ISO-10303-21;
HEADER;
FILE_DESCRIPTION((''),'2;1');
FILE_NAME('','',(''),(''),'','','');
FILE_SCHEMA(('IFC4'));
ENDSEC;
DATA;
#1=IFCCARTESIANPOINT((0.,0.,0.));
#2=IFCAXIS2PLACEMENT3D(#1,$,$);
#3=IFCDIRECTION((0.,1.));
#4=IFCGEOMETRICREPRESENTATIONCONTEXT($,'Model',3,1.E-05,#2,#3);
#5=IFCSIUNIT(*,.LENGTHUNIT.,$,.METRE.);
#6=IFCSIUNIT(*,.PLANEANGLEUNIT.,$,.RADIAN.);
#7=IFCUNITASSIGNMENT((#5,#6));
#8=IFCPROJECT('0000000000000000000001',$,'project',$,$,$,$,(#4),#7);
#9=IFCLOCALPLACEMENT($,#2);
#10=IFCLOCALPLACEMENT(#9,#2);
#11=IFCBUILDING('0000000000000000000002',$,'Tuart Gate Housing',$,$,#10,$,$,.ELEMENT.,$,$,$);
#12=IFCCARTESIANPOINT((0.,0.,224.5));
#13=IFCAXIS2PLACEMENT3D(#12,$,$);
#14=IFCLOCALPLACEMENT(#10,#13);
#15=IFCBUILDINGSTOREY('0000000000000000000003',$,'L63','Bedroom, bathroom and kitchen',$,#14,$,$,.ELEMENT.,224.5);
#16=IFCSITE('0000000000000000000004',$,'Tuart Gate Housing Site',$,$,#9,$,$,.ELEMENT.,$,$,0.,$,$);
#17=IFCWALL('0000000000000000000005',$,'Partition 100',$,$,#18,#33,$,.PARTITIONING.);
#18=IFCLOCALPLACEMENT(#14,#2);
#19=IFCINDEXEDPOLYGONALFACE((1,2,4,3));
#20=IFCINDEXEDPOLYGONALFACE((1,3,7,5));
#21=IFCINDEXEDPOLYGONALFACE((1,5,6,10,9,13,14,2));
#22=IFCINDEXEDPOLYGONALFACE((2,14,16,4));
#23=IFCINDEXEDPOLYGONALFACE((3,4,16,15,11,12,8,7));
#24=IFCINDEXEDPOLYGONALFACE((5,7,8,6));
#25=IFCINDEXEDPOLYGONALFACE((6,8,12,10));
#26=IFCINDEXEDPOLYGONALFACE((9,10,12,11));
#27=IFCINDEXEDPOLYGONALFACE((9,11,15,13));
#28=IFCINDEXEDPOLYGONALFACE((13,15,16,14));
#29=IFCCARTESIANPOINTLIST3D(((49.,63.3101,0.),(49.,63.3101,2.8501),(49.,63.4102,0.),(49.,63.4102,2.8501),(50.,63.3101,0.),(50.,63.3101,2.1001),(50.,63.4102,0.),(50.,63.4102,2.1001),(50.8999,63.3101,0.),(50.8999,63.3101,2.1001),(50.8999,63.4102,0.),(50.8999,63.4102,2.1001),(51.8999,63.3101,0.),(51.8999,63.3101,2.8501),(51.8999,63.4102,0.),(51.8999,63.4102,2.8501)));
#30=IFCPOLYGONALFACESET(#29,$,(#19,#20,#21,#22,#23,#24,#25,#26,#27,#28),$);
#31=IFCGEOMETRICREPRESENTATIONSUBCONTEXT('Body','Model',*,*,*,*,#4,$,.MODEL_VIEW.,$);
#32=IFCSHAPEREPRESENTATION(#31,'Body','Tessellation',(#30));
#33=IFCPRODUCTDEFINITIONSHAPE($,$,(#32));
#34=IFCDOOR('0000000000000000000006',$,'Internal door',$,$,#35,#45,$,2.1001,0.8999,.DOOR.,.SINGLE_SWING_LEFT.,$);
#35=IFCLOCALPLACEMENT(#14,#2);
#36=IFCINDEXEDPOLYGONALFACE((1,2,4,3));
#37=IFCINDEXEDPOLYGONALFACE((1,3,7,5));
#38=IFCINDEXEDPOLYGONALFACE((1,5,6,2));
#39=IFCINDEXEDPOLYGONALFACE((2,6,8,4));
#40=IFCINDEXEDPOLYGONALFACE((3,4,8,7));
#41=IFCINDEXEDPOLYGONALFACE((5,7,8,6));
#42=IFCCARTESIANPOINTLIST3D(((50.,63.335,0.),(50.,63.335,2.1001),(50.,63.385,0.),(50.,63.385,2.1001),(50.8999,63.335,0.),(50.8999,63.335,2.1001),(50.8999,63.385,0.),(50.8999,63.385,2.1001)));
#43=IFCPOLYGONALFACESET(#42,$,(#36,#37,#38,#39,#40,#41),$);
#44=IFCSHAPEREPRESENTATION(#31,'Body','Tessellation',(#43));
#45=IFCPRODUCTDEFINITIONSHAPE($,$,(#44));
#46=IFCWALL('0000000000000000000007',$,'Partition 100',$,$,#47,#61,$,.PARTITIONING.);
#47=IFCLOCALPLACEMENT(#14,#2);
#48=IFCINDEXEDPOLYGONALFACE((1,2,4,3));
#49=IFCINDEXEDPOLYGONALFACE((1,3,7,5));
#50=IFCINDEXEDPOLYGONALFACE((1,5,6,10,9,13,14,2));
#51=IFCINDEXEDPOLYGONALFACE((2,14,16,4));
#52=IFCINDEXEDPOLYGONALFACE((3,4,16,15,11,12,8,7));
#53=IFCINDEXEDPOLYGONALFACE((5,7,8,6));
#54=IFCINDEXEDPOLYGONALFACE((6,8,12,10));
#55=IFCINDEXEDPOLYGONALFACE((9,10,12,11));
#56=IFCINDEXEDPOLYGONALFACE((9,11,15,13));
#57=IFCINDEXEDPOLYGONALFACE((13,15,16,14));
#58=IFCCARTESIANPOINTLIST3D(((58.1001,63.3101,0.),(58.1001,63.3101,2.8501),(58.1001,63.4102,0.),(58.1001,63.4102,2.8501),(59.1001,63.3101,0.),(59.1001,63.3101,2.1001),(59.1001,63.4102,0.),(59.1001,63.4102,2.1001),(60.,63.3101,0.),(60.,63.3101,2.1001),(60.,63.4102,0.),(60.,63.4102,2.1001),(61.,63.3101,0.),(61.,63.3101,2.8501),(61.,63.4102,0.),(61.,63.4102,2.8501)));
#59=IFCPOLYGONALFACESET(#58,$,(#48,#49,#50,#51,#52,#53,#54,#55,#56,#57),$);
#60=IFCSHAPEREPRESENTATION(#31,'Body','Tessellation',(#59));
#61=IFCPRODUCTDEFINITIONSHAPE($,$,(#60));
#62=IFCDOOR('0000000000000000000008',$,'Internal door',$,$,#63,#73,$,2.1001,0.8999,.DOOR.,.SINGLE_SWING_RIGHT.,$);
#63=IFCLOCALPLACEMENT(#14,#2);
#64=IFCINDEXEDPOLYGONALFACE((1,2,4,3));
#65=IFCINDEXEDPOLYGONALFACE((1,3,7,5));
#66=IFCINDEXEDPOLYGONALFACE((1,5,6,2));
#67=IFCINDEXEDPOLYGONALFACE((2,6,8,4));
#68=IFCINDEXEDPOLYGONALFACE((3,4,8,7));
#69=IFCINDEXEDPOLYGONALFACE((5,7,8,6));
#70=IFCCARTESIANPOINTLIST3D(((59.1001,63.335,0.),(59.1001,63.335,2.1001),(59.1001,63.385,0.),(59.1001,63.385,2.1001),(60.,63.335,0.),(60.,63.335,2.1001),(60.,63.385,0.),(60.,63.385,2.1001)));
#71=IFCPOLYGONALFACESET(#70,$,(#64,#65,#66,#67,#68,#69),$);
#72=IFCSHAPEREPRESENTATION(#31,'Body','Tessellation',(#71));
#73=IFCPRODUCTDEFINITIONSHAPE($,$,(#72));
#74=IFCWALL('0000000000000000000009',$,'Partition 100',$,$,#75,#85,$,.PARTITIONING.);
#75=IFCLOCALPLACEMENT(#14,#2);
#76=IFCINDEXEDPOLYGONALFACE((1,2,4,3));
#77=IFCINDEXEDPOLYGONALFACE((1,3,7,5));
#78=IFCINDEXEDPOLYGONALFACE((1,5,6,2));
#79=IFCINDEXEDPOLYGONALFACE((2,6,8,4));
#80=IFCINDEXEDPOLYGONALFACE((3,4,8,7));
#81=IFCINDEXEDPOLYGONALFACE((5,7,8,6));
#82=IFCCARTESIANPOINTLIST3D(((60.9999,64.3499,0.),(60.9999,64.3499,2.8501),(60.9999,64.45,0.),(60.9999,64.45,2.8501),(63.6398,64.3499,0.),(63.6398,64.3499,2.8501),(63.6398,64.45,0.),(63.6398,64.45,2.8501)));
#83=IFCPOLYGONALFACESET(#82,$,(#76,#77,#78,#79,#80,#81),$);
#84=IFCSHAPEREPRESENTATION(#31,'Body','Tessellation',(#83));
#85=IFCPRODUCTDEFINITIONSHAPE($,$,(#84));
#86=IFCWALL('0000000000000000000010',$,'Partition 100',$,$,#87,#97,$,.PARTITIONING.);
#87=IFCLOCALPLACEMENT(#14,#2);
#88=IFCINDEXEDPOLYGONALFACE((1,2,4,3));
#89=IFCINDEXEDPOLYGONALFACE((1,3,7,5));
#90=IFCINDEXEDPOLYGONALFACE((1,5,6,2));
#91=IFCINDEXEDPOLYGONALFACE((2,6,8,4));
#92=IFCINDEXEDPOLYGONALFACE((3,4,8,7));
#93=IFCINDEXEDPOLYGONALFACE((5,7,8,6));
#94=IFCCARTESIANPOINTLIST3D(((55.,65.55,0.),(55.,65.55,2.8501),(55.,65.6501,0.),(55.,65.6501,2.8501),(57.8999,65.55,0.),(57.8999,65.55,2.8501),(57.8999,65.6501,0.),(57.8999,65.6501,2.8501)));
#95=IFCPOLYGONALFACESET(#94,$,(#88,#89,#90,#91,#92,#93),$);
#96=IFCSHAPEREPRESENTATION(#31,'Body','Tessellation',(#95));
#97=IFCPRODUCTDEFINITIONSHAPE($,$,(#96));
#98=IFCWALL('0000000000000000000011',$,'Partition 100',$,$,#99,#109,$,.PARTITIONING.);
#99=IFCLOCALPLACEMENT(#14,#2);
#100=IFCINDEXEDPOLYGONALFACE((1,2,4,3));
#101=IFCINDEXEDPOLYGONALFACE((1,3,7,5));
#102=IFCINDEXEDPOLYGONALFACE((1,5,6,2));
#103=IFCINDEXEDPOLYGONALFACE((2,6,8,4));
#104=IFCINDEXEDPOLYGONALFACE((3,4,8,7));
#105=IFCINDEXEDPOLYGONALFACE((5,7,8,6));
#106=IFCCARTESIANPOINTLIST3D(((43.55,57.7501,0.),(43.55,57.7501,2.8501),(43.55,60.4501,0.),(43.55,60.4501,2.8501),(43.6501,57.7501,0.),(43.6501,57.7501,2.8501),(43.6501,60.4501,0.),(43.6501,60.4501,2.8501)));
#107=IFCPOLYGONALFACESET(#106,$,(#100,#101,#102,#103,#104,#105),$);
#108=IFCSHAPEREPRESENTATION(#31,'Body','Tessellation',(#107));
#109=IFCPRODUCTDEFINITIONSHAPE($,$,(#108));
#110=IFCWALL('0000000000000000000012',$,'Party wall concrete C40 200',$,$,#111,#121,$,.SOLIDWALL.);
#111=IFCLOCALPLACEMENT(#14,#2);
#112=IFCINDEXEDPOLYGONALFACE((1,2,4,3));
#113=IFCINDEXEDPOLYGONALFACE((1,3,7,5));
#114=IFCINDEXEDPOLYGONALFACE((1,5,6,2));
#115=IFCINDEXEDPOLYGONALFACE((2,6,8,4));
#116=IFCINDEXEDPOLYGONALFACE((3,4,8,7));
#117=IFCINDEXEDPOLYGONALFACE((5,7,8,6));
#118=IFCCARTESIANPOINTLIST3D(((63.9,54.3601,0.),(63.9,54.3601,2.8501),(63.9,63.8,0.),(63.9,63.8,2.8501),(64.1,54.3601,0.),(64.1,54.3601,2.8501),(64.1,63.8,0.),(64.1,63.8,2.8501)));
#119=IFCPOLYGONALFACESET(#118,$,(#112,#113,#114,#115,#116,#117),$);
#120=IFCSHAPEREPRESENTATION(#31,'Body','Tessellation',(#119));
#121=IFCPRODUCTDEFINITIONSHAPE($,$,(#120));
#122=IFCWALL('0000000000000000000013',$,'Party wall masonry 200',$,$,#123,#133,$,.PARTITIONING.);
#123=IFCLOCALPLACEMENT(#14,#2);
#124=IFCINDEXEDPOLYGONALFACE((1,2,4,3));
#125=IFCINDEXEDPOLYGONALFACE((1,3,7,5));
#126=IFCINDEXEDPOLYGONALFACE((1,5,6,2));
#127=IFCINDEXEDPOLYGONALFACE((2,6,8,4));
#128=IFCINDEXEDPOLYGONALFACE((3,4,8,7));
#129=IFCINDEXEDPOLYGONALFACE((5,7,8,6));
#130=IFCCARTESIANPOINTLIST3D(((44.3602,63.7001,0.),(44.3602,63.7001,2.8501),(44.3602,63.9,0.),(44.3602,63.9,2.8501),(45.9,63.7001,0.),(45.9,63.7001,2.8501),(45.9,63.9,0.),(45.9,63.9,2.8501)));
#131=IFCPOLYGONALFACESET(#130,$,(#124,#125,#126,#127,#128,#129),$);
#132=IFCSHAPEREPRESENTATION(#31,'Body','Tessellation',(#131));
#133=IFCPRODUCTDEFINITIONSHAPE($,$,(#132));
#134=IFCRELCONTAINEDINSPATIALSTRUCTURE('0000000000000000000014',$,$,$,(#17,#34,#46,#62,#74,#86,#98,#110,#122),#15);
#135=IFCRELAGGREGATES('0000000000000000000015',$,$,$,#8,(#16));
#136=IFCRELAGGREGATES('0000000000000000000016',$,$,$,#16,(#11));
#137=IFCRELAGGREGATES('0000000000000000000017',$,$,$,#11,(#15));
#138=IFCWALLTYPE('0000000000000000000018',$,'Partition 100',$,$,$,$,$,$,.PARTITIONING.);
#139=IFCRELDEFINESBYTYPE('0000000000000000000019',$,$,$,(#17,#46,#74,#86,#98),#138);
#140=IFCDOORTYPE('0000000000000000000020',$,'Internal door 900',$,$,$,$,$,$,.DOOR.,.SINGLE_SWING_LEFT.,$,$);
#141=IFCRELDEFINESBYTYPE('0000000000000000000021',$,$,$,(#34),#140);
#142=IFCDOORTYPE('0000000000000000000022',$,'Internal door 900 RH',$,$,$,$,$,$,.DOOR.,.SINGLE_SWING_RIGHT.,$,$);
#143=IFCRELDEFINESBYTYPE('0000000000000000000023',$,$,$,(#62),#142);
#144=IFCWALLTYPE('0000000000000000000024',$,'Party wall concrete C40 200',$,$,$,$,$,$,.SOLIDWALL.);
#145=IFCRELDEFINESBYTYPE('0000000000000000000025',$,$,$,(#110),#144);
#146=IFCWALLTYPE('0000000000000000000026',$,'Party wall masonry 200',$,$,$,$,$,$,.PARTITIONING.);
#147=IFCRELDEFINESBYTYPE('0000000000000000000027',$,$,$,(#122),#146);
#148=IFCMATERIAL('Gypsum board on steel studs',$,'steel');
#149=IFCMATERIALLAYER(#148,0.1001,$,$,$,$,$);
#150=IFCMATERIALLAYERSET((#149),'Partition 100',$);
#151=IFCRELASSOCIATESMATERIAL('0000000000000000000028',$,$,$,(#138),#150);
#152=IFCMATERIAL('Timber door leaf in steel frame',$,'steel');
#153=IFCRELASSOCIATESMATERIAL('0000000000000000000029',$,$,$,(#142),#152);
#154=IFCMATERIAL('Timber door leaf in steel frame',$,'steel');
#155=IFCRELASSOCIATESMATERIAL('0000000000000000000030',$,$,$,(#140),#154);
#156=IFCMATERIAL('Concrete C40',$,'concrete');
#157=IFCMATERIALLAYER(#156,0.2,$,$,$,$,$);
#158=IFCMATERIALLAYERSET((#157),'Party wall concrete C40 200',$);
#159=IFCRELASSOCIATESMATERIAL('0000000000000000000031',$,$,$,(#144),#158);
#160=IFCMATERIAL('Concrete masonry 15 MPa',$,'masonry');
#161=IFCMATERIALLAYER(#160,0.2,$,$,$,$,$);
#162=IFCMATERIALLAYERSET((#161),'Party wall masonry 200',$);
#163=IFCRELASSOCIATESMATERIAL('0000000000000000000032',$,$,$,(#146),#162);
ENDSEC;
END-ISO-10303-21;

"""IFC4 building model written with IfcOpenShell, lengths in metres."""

from ifc_helpers import new_model, si_unit, direction, frame, frame_2d, origin, place, context, subcontext, project, spatial, rectangle, extrude, material, layer, layer_set, type_object, element, fill, save


model = new_model("IFC4")

# Units and contexts
model_context = context("Model", 3, precision=1e-05, world=origin(), true_north=direction((0.0, 1.0)))
body_context = subcontext(model_context, "Body", "Model", "MODEL_VIEW")
ifc_project = project(units=[si_unit("LENGTHUNIT", "METRE"), si_unit("PLANEANGLEUNIT", "RADIAN")], contexts=[model_context])

# Site, building, storey
site_placement = place(None, origin())
site = spatial("IfcSite", under=ifc_project, at=site_placement, Name="Tuart Gate Housing Site", CompositionType="ELEMENT", RefElevation=0.0)
building_placement = place(site_placement, origin())
building = spatial("IfcBuilding", under=site, at=building_placement, Name="Tuart Gate Housing", CompositionType="ELEMENT")
storey_placement = place(building_placement, frame((0.0, 0.0, 224.5)))
storey = spatial("IfcBuildingStorey", under=building, at=storey_placement, Name="L63", Description="Bedroom, bathroom and kitchen", CompositionType="ELEMENT", Elevation=224.5)

# Shared definitions
ifc_material_1 = material(Name="Gypsum board on steel studs", Category="steel")
ifc_layer_1 = layer(ifc_material_1, 0.1001)
ifc_layer_set_1 = layer_set([ifc_layer_1], Name="Partition 100")
wall_type_1 = type_object("IfcWallType", Name="Partition 100", PredefinedType="PARTITIONING", material=ifc_layer_set_1)

# Shared definitions
ifc_material_2 = material(Name="Timber door leaf in steel frame", Category="steel")
door_type_1 = type_object("IfcDoorType", Name="Internal door 900 RH", OperationType="SINGLE_SWING_RIGHT", PredefinedType="DOOR", material=ifc_material_2)

# Shared definitions
ifc_material_3 = material(Name="Timber door leaf in steel frame", Category="steel")
door_type_2 = type_object("IfcDoorType", Name="Internal door 900", OperationType="SINGLE_SWING_LEFT", PredefinedType="DOOR", material=ifc_material_3)

# Walls, openings, doors
wall_1_placement = place(storey_placement, frame((49.0, 63.3601, 0.0), z_axis=(0.0, 0.0, 1.0), x_axis=(1.0, 0.0, 0.0)))
wall_1 = element("IfcWall", 1, at=wall_1_placement, inside=storey, type_object=wall_type_1, Name="Partition 100", PredefinedType="PARTITIONING", context=body_context, shape_type="SweptSolid", body=[
    extrude(rectangle(XDim=2.8999, YDim=0.1001, at=frame_2d((1.45, 0.0))), origin(), (0.0, 0.0, 1.0), 2.8501),
])
opening_1_placement = place(wall_1_placement, frame((1.0, 0.0, 0.0)))
opening_1 = element("IfcOpeningElement", 2, at=opening_1_placement, cuts=wall_1, PredefinedType="OPENING", context=body_context, shape_type="SweptSolid", body=[
    extrude(rectangle(XDim=0.8999, YDim=2.1001, at=frame_2d((0.45, 1.05))), frame((0.0, 0.0601, 0.0), z_axis=(0.0, -1.0, 0.0), x_axis=(1.0, 0.0, 0.0)), (0.0, 0.0, 1.0), 0.1201),
])
door_1_placement = place(opening_1_placement, origin())
door_1 = element("IfcDoor", 3, at=door_1_placement, inside=storey, type_object=door_type_2, Name="Internal door", OperationType="SINGLE_SWING_LEFT", OverallHeight=2.1001, OverallWidth=0.8999, PredefinedType="DOOR", context=body_context, shape_type="SweptSolid", body=[
    extrude(rectangle(XDim=0.8999, YDim=2.1001, at=frame_2d((0.45, 1.05))), frame((0.0, 0.0249, 0.0), z_axis=(0.0, -1.0, 0.0), x_axis=(1.0, 0.0, 0.0)), (0.0, 0.0, 1.0), 0.05),
])
fill(opening_1, door_1)
wall_2_placement = place(storey_placement, frame((58.1001, 63.3601, 0.0), z_axis=(0.0, 0.0, 1.0), x_axis=(1.0, 0.0, 0.0)))
wall_2 = element("IfcWall", 4, at=wall_2_placement, inside=storey, type_object=wall_type_1, Name="Partition 100", PredefinedType="PARTITIONING", context=body_context, shape_type="SweptSolid", body=[
    extrude(rectangle(XDim=2.8999, YDim=0.1001, at=frame_2d((1.45, 0.0))), origin(), (0.0, 0.0, 1.0), 2.8501),
])
opening_2_placement = place(wall_2_placement, frame((1.0, 0.0, 0.0)))
opening_2 = element("IfcOpeningElement", 5, at=opening_2_placement, cuts=wall_2, PredefinedType="OPENING", context=body_context, shape_type="SweptSolid", body=[
    extrude(rectangle(XDim=0.8999, YDim=2.1001, at=frame_2d((0.45, 1.05))), frame((0.0, 0.0601, 0.0), z_axis=(0.0, -1.0, 0.0), x_axis=(1.0, 0.0, 0.0)), (0.0, 0.0, 1.0), 0.1201),
])
door_2_placement = place(opening_2_placement, origin())
door_2 = element("IfcDoor", 6, at=door_2_placement, inside=storey, type_object=door_type_1, Name="Internal door", OperationType="SINGLE_SWING_RIGHT", OverallHeight=2.1001, OverallWidth=0.8999, PredefinedType="DOOR", context=body_context, shape_type="SweptSolid", body=[
    extrude(rectangle(XDim=0.8999, YDim=2.1001, at=frame_2d((0.45, 1.05))), frame((0.0, 0.0249, 0.0), z_axis=(0.0, -1.0, 0.0), x_axis=(1.0, 0.0, 0.0)), (0.0, 0.0, 1.0), 0.05),
])
fill(opening_2, door_2)

# Walls
wall_3_placement = place(storey_placement, frame((61.0, 64.3999, 0.0), z_axis=(0.0, 0.0, 1.0), x_axis=(1.0, 0.0, 0.0)))
element("IfcWall", 7, at=wall_3_placement, inside=storey, type_object=wall_type_1, Name="Partition 100", PredefinedType="PARTITIONING", context=body_context, shape_type="SweptSolid", body=[
    extrude(rectangle(XDim=2.6399, YDim=0.1001, at=frame_2d((1.3198, 0.0))), origin(), (0.0, 0.0, 1.0), 2.8501),
])
wall_4_placement = place(storey_placement, frame((55.0, 65.6001, 0.0), z_axis=(0.0, 0.0, 1.0), x_axis=(1.0, 0.0, 0.0)))
element("IfcWall", 8, at=wall_4_placement, inside=storey, type_object=wall_type_1, Name="Partition 100", PredefinedType="PARTITIONING", context=body_context, shape_type="SweptSolid", body=[
    extrude(rectangle(XDim=2.8999, YDim=0.1001, at=frame_2d((1.45, 0.0))), origin(), (0.0, 0.0, 1.0), 2.8501),
])
wall_5_placement = place(storey_placement, frame((43.6001, 57.75, 0.0), z_axis=(0.0, 0.0, 1.0), x_axis=(0.0, 1.0, 0.0)))
element("IfcWall", 9, at=wall_5_placement, inside=storey, type_object=wall_type_1, Name="Partition 100", PredefinedType="PARTITIONING", context=body_context, shape_type="SweptSolid", body=[
    extrude(rectangle(XDim=2.7, YDim=0.1001, at=frame_2d((1.3501, 0.0))), origin(), (0.0, 0.0, 1.0), 2.8501),
])
ifc_material_4 = material(Name="Concrete C40", Category="concrete")
ifc_layer_2 = layer(ifc_material_4, 0.2)
ifc_layer_set_2 = layer_set([ifc_layer_2], Name="Party wall concrete C40 200")
wall_type_2 = type_object("IfcWallType", Name="Party wall concrete C40 200", PredefinedType="SOLIDWALL", material=ifc_layer_set_2)
wall_6_placement = place(storey_placement, frame((64.0, 54.3601, 0.0), z_axis=(0.0, 0.0, 1.0), x_axis=(0.0, 1.0, 0.0)))
element("IfcWall", 10, at=wall_6_placement, inside=storey, type_object=wall_type_2, Name="Party wall concrete C40 200", PredefinedType="SOLIDWALL", context=body_context, shape_type="SweptSolid", body=[
    extrude(rectangle(XDim=9.4399, YDim=0.2, at=frame_2d((4.72, 0.0))), origin(), (0.0, 0.0, 1.0), 2.8501),
])
ifc_material_5 = material(Name="Concrete masonry 15 MPa", Category="masonry")
ifc_layer_3 = layer(ifc_material_5, 0.2)
ifc_layer_set_3 = layer_set([ifc_layer_3], Name="Party wall masonry 200")
wall_type_3 = type_object("IfcWallType", Name="Party wall masonry 200", PredefinedType="PARTITIONING", material=ifc_layer_set_3)
wall_7_placement = place(storey_placement, frame((44.3601, 63.8, 0.0), z_axis=(0.0, 0.0, 1.0), x_axis=(1.0, 0.0, 0.0)))
element("IfcWall", 11, at=wall_7_placement, inside=storey, type_object=wall_type_3, Name="Party wall masonry 200", PredefinedType="PARTITIONING", context=body_context, shape_type="SweptSolid", body=[
    extrude(rectangle(XDim=1.5398, YDim=0.2, at=frame_2d((0.77, 0.0))), origin(), (0.0, 0.0, 1.0), 2.8501),
])

save(model, "model.ifc")
